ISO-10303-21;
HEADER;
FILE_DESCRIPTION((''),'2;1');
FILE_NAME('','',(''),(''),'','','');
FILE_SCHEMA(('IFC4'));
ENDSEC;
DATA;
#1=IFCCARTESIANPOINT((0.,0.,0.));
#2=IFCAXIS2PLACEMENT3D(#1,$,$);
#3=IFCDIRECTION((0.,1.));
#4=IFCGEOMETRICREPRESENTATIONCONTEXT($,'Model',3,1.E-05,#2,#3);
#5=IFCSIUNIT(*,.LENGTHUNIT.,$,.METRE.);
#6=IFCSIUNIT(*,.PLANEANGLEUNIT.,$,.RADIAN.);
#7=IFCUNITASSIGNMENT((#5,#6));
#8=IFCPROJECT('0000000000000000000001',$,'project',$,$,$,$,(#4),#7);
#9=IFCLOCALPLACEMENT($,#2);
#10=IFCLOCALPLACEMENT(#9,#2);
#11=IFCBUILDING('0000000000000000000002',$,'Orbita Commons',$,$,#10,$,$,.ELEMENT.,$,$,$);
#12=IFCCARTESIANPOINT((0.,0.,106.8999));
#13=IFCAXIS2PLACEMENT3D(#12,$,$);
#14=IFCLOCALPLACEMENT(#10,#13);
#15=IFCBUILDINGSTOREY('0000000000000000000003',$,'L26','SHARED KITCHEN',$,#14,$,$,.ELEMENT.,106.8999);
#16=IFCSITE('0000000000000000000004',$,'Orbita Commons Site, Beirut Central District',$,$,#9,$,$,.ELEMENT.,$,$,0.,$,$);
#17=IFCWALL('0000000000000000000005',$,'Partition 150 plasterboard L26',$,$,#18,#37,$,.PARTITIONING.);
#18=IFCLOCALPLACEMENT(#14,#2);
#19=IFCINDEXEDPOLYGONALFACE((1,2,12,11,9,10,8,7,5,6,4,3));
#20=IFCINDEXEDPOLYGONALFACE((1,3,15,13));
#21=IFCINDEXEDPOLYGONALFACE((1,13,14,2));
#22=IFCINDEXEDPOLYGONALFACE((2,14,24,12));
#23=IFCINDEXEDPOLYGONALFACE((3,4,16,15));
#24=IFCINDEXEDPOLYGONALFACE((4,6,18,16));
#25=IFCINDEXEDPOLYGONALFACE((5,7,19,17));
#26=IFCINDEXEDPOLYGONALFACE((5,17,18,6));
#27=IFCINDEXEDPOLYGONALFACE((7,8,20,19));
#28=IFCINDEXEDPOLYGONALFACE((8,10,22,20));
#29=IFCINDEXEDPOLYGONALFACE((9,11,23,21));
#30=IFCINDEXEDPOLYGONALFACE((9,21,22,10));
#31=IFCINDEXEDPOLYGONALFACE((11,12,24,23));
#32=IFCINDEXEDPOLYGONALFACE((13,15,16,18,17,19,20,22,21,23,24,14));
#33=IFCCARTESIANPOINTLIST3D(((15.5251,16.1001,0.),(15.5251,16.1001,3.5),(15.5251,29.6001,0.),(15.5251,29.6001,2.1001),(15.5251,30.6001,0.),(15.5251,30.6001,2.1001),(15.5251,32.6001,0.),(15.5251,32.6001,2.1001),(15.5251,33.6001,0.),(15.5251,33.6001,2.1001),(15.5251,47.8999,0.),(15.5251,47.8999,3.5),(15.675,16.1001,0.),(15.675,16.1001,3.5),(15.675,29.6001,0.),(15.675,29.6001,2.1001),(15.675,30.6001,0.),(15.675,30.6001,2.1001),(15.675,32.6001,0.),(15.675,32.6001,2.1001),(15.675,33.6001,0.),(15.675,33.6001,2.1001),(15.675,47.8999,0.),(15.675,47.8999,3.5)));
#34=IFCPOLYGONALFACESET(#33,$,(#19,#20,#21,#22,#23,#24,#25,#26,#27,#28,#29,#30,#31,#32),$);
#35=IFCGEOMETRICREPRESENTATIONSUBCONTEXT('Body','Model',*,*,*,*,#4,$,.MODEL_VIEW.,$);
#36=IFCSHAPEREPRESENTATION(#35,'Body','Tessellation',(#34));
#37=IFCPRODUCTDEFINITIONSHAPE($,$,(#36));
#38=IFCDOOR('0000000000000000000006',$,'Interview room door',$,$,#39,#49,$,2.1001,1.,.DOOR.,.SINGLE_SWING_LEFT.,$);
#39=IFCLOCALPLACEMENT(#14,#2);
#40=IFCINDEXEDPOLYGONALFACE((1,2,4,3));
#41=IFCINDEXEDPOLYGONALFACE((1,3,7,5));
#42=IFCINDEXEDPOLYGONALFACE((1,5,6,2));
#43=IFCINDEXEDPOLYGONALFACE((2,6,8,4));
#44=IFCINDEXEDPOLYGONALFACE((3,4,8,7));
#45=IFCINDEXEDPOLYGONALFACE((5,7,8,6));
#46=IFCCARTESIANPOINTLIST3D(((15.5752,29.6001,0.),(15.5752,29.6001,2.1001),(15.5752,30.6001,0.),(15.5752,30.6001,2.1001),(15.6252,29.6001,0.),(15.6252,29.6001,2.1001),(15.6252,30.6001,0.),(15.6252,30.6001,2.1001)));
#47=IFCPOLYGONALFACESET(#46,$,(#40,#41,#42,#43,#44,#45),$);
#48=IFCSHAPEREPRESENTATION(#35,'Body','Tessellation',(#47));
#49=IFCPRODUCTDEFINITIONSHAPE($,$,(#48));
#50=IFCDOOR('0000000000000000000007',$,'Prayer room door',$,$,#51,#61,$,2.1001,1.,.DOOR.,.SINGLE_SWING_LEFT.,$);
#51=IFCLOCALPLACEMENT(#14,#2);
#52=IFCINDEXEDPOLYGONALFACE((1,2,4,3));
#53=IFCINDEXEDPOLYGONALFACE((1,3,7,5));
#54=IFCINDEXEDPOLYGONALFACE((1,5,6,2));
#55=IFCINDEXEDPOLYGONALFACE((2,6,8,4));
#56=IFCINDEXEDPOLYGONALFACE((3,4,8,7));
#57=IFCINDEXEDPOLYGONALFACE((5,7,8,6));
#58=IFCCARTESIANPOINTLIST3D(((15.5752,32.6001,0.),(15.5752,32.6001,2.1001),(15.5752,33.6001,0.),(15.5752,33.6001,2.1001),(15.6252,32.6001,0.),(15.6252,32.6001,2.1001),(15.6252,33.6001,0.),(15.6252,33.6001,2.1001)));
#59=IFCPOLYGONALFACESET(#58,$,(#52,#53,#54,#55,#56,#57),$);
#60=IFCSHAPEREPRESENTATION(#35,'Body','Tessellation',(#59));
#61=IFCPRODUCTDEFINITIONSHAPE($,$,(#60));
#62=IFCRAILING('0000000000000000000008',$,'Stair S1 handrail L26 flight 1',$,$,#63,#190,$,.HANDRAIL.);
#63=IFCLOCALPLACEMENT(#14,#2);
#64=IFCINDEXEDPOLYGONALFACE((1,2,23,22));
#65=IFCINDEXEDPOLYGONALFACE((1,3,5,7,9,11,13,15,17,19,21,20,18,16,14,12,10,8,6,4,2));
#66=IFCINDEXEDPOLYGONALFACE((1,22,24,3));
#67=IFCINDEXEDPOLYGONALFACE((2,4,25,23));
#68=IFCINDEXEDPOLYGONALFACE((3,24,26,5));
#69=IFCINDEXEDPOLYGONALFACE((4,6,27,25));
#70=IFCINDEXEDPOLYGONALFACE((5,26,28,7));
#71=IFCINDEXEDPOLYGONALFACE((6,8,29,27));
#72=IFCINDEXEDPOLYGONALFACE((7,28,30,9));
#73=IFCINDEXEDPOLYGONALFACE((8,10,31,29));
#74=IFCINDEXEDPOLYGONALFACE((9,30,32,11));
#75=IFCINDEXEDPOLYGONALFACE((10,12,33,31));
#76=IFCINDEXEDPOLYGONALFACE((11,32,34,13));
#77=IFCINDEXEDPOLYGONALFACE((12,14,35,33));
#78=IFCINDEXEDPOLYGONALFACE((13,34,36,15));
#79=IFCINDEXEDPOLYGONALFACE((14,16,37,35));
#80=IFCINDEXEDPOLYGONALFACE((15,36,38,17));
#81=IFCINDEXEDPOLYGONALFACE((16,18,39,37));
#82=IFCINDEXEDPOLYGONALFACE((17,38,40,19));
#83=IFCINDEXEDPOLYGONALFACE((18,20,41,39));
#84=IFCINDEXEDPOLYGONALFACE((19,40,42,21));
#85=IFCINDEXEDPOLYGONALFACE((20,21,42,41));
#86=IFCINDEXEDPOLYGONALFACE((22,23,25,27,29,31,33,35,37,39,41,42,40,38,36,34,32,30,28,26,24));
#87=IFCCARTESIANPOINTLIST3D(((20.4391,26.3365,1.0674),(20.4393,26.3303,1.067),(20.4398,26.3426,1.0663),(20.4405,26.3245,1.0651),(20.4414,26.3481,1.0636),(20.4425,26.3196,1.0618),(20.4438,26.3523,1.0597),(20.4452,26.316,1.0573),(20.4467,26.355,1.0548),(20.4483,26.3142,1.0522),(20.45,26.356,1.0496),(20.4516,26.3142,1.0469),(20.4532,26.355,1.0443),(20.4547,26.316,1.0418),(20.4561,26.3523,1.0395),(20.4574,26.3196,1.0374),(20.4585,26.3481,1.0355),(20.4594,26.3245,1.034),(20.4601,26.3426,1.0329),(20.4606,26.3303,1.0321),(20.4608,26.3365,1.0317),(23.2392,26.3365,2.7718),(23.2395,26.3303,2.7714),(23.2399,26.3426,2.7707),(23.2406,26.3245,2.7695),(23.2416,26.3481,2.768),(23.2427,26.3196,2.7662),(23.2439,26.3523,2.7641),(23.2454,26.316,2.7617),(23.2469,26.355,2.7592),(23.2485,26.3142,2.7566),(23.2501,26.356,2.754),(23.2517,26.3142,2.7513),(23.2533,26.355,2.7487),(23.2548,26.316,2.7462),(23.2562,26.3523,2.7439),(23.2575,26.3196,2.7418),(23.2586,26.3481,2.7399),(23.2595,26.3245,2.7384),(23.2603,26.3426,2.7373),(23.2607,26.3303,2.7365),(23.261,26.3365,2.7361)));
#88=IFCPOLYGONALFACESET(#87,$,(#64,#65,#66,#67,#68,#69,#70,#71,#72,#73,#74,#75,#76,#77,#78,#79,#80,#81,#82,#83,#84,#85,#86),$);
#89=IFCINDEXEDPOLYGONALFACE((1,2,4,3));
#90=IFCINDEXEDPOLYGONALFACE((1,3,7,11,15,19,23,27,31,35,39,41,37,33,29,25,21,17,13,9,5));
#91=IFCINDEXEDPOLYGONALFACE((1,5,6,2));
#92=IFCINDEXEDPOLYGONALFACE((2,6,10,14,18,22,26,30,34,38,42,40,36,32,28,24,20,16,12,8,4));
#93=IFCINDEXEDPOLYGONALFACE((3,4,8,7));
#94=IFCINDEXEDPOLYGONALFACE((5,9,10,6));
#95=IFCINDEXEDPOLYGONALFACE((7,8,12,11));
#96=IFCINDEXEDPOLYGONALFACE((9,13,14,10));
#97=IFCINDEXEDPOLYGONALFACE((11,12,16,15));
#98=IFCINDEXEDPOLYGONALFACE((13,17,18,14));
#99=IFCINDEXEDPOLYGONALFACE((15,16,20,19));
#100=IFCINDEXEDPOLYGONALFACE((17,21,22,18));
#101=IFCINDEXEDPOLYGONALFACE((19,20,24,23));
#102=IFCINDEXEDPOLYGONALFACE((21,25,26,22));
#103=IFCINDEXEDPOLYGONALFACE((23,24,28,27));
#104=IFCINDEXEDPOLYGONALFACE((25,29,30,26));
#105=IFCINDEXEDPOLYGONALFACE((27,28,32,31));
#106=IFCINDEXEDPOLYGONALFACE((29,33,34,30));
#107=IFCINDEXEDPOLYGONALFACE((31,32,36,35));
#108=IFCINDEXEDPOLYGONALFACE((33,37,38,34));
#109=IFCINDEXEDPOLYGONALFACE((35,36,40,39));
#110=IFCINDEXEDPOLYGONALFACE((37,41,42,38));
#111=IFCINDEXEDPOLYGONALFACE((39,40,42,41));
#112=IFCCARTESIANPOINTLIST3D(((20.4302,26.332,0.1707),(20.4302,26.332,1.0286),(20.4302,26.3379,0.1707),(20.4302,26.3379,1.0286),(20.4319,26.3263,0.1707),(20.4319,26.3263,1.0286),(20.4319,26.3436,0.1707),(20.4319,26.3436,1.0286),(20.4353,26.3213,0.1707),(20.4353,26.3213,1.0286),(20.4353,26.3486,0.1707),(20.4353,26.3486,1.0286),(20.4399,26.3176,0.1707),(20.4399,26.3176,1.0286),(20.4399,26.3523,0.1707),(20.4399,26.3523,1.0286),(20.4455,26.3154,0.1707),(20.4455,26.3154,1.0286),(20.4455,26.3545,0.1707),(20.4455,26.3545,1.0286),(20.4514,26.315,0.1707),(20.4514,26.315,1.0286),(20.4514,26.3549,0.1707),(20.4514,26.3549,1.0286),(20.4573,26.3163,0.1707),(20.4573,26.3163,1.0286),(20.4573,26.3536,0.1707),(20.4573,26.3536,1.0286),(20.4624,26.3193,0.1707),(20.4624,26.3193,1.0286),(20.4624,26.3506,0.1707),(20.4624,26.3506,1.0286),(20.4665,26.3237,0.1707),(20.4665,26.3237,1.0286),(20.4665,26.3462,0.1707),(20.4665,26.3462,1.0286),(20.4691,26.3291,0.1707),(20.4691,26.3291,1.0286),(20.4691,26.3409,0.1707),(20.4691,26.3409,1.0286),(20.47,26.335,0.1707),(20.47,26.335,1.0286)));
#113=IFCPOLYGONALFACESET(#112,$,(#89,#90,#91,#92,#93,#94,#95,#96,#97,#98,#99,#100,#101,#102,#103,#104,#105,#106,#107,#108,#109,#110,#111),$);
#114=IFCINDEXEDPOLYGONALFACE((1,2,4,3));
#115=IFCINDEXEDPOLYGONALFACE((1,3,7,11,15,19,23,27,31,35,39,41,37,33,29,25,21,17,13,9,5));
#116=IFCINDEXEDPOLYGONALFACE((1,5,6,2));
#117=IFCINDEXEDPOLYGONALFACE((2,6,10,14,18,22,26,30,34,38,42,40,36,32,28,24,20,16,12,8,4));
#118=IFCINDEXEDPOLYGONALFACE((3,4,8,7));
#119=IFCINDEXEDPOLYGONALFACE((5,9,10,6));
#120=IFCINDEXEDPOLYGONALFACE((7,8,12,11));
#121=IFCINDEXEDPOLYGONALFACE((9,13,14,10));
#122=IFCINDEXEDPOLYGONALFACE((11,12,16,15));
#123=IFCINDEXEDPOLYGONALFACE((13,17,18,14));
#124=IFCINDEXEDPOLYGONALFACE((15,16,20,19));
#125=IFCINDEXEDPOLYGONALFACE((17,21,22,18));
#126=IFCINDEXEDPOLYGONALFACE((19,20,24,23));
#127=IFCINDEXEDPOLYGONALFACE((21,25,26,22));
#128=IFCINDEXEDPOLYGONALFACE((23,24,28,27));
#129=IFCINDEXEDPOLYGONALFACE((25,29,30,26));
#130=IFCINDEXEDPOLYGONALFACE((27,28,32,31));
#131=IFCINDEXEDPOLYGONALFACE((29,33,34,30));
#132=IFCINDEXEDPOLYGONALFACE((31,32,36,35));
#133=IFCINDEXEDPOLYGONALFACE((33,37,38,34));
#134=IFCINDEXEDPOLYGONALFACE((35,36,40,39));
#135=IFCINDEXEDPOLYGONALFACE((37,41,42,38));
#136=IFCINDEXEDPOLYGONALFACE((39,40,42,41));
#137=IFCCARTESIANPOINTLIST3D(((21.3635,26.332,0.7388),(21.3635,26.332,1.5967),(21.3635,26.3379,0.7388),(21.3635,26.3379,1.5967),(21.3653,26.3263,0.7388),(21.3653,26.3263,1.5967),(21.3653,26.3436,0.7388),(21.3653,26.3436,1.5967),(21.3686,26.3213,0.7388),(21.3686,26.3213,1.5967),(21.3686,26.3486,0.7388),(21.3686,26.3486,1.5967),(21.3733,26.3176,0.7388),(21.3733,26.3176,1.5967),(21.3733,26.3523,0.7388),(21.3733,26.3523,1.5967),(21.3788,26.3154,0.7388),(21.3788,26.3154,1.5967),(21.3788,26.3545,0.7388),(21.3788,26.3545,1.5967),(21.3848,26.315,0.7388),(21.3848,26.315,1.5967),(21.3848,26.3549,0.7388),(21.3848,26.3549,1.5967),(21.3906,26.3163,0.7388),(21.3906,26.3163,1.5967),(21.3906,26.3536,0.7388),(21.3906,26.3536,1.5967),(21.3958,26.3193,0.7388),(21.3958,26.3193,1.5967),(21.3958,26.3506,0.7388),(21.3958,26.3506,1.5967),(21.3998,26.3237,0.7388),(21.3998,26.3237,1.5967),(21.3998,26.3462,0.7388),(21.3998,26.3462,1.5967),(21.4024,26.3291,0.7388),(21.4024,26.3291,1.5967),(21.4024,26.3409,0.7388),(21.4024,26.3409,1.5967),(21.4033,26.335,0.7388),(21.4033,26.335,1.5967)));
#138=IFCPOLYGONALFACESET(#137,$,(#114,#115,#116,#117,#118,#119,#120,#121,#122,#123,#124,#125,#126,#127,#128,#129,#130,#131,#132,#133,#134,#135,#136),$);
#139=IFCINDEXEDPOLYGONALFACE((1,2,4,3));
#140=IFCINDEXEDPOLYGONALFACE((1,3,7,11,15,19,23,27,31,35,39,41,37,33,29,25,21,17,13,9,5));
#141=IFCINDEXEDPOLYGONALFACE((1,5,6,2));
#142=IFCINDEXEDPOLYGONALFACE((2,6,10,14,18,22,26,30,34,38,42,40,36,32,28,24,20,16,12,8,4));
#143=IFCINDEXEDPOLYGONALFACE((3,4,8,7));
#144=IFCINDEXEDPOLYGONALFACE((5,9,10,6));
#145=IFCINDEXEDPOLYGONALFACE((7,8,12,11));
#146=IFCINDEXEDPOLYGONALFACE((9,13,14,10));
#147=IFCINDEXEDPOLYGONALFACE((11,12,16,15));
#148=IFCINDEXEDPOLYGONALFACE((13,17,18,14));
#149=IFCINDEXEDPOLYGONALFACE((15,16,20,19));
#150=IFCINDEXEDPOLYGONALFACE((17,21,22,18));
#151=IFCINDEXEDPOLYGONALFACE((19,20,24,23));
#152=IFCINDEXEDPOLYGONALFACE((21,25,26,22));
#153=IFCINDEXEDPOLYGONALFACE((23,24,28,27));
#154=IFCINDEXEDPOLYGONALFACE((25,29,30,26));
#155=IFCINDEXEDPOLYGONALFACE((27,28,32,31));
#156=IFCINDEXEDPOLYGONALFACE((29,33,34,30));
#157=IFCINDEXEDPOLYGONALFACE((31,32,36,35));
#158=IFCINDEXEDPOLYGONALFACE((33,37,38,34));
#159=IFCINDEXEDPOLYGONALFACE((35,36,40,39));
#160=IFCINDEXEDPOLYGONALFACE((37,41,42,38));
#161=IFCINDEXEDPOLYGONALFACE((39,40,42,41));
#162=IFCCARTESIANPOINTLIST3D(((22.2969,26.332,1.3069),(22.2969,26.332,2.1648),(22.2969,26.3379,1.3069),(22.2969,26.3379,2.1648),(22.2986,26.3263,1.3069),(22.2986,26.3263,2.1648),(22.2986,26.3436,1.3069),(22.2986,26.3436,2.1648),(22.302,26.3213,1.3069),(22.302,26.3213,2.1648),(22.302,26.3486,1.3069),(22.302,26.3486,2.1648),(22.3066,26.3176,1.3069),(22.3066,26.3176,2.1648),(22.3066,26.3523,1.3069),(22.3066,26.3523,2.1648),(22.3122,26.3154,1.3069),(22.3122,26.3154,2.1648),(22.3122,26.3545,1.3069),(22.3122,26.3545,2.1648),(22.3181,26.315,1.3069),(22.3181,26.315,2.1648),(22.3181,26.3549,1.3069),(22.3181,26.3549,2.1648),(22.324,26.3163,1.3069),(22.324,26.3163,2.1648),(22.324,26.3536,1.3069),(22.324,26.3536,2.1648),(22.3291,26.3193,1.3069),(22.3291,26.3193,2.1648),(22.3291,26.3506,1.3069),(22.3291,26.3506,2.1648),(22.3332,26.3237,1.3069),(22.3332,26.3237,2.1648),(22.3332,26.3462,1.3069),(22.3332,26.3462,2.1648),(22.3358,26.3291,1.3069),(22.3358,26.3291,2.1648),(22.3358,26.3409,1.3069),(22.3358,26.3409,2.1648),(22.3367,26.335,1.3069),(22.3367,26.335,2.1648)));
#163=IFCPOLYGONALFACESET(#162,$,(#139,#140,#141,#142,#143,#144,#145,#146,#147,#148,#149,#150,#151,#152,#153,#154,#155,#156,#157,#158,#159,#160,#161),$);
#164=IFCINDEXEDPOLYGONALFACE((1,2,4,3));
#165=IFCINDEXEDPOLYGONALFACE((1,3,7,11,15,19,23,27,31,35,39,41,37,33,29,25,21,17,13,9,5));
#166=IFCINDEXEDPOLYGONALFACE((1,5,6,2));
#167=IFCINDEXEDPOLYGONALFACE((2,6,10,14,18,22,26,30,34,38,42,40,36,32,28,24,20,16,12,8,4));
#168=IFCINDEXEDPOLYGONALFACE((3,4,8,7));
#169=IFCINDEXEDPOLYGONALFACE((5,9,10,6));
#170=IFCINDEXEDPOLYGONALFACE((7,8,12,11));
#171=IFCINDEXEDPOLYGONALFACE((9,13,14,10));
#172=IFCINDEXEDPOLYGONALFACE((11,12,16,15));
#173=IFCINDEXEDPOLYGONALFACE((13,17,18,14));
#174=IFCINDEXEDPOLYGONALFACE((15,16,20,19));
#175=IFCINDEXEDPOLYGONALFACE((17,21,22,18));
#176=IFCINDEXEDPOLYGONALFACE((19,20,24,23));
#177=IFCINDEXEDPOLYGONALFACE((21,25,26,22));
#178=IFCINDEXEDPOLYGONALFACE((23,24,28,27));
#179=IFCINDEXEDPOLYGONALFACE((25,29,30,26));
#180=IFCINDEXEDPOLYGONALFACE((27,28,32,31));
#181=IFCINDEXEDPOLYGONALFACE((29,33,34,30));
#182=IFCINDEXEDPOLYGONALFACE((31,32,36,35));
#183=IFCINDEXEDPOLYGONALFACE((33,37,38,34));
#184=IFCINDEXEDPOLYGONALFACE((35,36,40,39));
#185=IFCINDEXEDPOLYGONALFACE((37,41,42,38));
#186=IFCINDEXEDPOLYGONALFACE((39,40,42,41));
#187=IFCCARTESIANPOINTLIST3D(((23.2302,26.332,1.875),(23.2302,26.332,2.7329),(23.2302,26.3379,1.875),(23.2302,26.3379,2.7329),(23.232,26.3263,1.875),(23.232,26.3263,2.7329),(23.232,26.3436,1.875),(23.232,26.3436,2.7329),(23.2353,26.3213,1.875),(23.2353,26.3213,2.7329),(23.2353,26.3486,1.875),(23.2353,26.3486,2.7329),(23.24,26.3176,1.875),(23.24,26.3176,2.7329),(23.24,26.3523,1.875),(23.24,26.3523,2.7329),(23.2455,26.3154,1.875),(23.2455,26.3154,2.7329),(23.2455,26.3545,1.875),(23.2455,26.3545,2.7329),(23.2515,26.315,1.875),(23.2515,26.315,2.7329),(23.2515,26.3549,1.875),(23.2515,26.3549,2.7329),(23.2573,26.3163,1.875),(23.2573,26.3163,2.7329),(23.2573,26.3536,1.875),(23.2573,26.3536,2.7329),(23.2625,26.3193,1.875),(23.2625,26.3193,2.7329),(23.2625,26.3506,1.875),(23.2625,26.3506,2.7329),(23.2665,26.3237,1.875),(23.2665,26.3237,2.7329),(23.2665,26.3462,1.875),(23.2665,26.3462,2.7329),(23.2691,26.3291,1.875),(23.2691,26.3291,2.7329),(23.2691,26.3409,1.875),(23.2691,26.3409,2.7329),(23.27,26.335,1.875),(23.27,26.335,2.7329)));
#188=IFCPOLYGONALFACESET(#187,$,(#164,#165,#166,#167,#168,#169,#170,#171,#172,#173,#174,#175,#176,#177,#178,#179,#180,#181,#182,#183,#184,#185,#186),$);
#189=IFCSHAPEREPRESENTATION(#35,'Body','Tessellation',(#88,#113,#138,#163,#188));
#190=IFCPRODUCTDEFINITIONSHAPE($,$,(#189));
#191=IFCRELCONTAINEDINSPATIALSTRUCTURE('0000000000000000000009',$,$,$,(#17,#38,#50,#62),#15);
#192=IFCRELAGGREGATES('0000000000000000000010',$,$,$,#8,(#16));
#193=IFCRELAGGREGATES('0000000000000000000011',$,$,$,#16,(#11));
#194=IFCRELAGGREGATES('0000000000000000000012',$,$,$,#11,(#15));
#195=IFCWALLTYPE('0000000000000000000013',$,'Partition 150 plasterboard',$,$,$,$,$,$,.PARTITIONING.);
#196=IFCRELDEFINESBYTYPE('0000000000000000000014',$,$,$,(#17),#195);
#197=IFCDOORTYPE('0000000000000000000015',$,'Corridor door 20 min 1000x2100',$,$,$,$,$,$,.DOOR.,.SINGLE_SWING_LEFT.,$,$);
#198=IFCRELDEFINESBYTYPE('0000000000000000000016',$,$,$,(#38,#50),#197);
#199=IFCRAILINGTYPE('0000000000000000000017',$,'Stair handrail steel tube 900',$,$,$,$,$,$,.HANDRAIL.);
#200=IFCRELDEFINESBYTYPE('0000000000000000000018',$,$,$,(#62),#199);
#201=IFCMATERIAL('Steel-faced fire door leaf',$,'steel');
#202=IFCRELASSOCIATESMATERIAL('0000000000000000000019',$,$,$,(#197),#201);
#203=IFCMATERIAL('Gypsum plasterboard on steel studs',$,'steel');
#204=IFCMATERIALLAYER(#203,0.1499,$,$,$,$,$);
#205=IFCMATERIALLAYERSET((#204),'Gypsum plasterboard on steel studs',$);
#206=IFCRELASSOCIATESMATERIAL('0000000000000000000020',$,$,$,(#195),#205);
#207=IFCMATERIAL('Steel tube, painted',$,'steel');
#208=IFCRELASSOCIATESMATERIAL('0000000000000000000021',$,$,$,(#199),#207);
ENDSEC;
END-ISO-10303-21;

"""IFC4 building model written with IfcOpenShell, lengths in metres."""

from ifc_helpers import new_model, si_unit, direction, frame, frame_2d, origin, origin_2d, place, context, subcontext, project, spatial, rectangle, circle, extrude, material, layer, layer_set, type_object, element, fill, save


model = new_model("IFC4")

# Units and contexts
model_context = context("Model", 3, precision=1e-05, world=origin(), true_north=direction((0.0, 1.0)))
body_context = subcontext(model_context, "Body", "Model", "MODEL_VIEW")
ifc_project = project(units=[si_unit("LENGTHUNIT", "METRE"), si_unit("PLANEANGLEUNIT", "RADIAN")], contexts=[model_context])

# Site, building, storey
site_placement = place(None, origin())
site = spatial("IfcSite", under=ifc_project, at=site_placement, Name="Orbita Commons Site, Beirut Central District", CompositionType="ELEMENT", RefElevation=0.0)
building_placement = place(site_placement, origin())
building = spatial("IfcBuilding", under=site, at=building_placement, Name="Orbita Commons", CompositionType="ELEMENT")
storey_placement = place(building_placement, frame((0.0, 0.0, 106.8999)))
storey = spatial("IfcBuildingStorey", under=building, at=storey_placement, Name="L26", Description="SHARED KITCHEN", CompositionType="ELEMENT", Elevation=106.8999)

# Shared definitions
ifc_material_1 = material(Name="Steel-faced fire door leaf", Category="steel")
door_type_1 = type_object("IfcDoorType", Name="Corridor door 20 min 1000x2100", OperationType="SINGLE_SWING_LEFT", PredefinedType="DOOR", material=ifc_material_1)

# Wall, openings, doors
ifc_material_2 = material(Name="Gypsum plasterboard on steel studs", Category="steel")
ifc_layer_1 = layer(ifc_material_2, 0.1499)
ifc_layer_set_1 = layer_set([ifc_layer_1], Name="Gypsum plasterboard on steel studs")
wall_type_1 = type_object("IfcWallType", Name="Partition 150 plasterboard", PredefinedType="PARTITIONING", material=ifc_layer_set_1)
wall_1_placement = place(storey_placement, frame((15.6001, 16.1001, 0.0), z_axis=(0.0, 0.0, 1.0), x_axis=(0.0, 1.0, 0.0)))
wall_1 = element("IfcWall", 1, at=wall_1_placement, inside=storey, type_object=wall_type_1, Name="Partition 150 plasterboard L26", PredefinedType="PARTITIONING", context=body_context, shape_type="SweptSolid", body=[
    extrude(rectangle(XDim=31.7998, YDim=0.1499, at=frame_2d((15.8999, 0.0))), origin(), (0.0, 0.0, 1.0), 3.5),
])
opening_1_placement = place(wall_1_placement, frame((13.5, 0.0, 0.0)))
opening_1 = element("IfcOpeningElement", 2, at=opening_1_placement, cuts=wall_1, PredefinedType="OPENING", context=body_context, shape_type="SweptSolid", body=[
    extrude(rectangle(XDim=1.0, YDim=2.1001, at=frame_2d((0.5, 1.05))), frame((0.0, 0.085, 0.0), z_axis=(0.0, -1.0, 0.0), x_axis=(1.0, 0.0, 0.0)), (0.0, 0.0, 1.0), 0.1699),
])
opening_2_placement = place(wall_1_placement, frame((16.5, 0.0, 0.0)))
opening_2 = element("IfcOpeningElement", 3, at=opening_2_placement, cuts=wall_1, PredefinedType="OPENING", context=body_context, shape_type="SweptSolid", body=[
    extrude(rectangle(XDim=1.0, YDim=2.1001, at=frame_2d((0.5, 1.05))), frame((0.0, 0.085, 0.0), z_axis=(0.0, -1.0, 0.0), x_axis=(1.0, 0.0, 0.0)), (0.0, 0.0, 1.0), 0.1699),
])
door_1_placement = place(opening_1_placement, origin())
door_1 = element("IfcDoor", 4, at=door_1_placement, inside=storey, type_object=door_type_1, Name="Interview room door", OperationType="SINGLE_SWING_LEFT", OverallHeight=2.1001, OverallWidth=1.0, PredefinedType="DOOR", context=body_context, shape_type="SweptSolid", body=[
    extrude(rectangle(XDim=1.0, YDim=2.1001, at=frame_2d((0.5, 1.05))), frame((0.0, 0.0249, 0.0), z_axis=(0.0, -1.0, 0.0), x_axis=(1.0, 0.0, 0.0)), (0.0, 0.0, 1.0), 0.05),
])
fill(opening_1, door_1)
door_2_placement = place(opening_2_placement, origin())
door_2 = element("IfcDoor", 5, at=door_2_placement, inside=storey, type_object=door_type_1, Name="Prayer room door", OperationType="SINGLE_SWING_LEFT", OverallHeight=2.1001, OverallWidth=1.0, PredefinedType="DOOR", context=body_context, shape_type="SweptSolid", body=[
    extrude(rectangle(XDim=1.0, YDim=2.1001, at=frame_2d((0.5, 1.05))), frame((0.0, 0.0249, 0.0), z_axis=(0.0, -1.0, 0.0), x_axis=(1.0, 0.0, 0.0)), (0.0, 0.0, 1.0), 0.05),
])
fill(opening_2, door_2)

# Railing
ifc_material_3 = material(Name="Steel tube, painted", Category="steel")
railing_type = type_object("IfcRailingType", Name="Stair handrail steel tube 900", PredefinedType="HANDRAIL", material=ifc_material_3)
railing_placement = place(storey_placement, frame((20.45, 26.335, 0.1707)))
element("IfcRailing", 6, at=railing_placement, inside=storey, type_object=railing_type, Name="Stair S1 handrail L26 flight 1", PredefinedType="HANDRAIL", context=body_context, shape_type="SweptSolid", body=[
    extrude(circle(Radius=0.021, at=origin_2d()), frame((0.0, 0.0, 0.8789), z_axis=(0.854203, 0.0, 0.51994), x_axis=(0.0, 1.0, 0.0)), (0.0, 0.0, 1.0), 3.2781),
    extrude(circle(Radius=0.02, at=origin_2d()), origin(), (0.0, 0.0, 1.0), 0.8579),
    extrude(circle(Radius=0.02, at=origin_2d()), frame((0.9333, 0.0, 0.5681)), (0.0, 0.0, 1.0), 0.8579),
    extrude(circle(Radius=0.02, at=origin_2d()), frame((1.8667, 0.0, 1.1362)), (0.0, 0.0, 1.0), 0.8579),
    extrude(circle(Radius=0.02, at=origin_2d()), frame((2.8, 0.0, 1.7043)), (0.0, 0.0, 1.0), 0.8579),
])

save(model, "model.ifc")
